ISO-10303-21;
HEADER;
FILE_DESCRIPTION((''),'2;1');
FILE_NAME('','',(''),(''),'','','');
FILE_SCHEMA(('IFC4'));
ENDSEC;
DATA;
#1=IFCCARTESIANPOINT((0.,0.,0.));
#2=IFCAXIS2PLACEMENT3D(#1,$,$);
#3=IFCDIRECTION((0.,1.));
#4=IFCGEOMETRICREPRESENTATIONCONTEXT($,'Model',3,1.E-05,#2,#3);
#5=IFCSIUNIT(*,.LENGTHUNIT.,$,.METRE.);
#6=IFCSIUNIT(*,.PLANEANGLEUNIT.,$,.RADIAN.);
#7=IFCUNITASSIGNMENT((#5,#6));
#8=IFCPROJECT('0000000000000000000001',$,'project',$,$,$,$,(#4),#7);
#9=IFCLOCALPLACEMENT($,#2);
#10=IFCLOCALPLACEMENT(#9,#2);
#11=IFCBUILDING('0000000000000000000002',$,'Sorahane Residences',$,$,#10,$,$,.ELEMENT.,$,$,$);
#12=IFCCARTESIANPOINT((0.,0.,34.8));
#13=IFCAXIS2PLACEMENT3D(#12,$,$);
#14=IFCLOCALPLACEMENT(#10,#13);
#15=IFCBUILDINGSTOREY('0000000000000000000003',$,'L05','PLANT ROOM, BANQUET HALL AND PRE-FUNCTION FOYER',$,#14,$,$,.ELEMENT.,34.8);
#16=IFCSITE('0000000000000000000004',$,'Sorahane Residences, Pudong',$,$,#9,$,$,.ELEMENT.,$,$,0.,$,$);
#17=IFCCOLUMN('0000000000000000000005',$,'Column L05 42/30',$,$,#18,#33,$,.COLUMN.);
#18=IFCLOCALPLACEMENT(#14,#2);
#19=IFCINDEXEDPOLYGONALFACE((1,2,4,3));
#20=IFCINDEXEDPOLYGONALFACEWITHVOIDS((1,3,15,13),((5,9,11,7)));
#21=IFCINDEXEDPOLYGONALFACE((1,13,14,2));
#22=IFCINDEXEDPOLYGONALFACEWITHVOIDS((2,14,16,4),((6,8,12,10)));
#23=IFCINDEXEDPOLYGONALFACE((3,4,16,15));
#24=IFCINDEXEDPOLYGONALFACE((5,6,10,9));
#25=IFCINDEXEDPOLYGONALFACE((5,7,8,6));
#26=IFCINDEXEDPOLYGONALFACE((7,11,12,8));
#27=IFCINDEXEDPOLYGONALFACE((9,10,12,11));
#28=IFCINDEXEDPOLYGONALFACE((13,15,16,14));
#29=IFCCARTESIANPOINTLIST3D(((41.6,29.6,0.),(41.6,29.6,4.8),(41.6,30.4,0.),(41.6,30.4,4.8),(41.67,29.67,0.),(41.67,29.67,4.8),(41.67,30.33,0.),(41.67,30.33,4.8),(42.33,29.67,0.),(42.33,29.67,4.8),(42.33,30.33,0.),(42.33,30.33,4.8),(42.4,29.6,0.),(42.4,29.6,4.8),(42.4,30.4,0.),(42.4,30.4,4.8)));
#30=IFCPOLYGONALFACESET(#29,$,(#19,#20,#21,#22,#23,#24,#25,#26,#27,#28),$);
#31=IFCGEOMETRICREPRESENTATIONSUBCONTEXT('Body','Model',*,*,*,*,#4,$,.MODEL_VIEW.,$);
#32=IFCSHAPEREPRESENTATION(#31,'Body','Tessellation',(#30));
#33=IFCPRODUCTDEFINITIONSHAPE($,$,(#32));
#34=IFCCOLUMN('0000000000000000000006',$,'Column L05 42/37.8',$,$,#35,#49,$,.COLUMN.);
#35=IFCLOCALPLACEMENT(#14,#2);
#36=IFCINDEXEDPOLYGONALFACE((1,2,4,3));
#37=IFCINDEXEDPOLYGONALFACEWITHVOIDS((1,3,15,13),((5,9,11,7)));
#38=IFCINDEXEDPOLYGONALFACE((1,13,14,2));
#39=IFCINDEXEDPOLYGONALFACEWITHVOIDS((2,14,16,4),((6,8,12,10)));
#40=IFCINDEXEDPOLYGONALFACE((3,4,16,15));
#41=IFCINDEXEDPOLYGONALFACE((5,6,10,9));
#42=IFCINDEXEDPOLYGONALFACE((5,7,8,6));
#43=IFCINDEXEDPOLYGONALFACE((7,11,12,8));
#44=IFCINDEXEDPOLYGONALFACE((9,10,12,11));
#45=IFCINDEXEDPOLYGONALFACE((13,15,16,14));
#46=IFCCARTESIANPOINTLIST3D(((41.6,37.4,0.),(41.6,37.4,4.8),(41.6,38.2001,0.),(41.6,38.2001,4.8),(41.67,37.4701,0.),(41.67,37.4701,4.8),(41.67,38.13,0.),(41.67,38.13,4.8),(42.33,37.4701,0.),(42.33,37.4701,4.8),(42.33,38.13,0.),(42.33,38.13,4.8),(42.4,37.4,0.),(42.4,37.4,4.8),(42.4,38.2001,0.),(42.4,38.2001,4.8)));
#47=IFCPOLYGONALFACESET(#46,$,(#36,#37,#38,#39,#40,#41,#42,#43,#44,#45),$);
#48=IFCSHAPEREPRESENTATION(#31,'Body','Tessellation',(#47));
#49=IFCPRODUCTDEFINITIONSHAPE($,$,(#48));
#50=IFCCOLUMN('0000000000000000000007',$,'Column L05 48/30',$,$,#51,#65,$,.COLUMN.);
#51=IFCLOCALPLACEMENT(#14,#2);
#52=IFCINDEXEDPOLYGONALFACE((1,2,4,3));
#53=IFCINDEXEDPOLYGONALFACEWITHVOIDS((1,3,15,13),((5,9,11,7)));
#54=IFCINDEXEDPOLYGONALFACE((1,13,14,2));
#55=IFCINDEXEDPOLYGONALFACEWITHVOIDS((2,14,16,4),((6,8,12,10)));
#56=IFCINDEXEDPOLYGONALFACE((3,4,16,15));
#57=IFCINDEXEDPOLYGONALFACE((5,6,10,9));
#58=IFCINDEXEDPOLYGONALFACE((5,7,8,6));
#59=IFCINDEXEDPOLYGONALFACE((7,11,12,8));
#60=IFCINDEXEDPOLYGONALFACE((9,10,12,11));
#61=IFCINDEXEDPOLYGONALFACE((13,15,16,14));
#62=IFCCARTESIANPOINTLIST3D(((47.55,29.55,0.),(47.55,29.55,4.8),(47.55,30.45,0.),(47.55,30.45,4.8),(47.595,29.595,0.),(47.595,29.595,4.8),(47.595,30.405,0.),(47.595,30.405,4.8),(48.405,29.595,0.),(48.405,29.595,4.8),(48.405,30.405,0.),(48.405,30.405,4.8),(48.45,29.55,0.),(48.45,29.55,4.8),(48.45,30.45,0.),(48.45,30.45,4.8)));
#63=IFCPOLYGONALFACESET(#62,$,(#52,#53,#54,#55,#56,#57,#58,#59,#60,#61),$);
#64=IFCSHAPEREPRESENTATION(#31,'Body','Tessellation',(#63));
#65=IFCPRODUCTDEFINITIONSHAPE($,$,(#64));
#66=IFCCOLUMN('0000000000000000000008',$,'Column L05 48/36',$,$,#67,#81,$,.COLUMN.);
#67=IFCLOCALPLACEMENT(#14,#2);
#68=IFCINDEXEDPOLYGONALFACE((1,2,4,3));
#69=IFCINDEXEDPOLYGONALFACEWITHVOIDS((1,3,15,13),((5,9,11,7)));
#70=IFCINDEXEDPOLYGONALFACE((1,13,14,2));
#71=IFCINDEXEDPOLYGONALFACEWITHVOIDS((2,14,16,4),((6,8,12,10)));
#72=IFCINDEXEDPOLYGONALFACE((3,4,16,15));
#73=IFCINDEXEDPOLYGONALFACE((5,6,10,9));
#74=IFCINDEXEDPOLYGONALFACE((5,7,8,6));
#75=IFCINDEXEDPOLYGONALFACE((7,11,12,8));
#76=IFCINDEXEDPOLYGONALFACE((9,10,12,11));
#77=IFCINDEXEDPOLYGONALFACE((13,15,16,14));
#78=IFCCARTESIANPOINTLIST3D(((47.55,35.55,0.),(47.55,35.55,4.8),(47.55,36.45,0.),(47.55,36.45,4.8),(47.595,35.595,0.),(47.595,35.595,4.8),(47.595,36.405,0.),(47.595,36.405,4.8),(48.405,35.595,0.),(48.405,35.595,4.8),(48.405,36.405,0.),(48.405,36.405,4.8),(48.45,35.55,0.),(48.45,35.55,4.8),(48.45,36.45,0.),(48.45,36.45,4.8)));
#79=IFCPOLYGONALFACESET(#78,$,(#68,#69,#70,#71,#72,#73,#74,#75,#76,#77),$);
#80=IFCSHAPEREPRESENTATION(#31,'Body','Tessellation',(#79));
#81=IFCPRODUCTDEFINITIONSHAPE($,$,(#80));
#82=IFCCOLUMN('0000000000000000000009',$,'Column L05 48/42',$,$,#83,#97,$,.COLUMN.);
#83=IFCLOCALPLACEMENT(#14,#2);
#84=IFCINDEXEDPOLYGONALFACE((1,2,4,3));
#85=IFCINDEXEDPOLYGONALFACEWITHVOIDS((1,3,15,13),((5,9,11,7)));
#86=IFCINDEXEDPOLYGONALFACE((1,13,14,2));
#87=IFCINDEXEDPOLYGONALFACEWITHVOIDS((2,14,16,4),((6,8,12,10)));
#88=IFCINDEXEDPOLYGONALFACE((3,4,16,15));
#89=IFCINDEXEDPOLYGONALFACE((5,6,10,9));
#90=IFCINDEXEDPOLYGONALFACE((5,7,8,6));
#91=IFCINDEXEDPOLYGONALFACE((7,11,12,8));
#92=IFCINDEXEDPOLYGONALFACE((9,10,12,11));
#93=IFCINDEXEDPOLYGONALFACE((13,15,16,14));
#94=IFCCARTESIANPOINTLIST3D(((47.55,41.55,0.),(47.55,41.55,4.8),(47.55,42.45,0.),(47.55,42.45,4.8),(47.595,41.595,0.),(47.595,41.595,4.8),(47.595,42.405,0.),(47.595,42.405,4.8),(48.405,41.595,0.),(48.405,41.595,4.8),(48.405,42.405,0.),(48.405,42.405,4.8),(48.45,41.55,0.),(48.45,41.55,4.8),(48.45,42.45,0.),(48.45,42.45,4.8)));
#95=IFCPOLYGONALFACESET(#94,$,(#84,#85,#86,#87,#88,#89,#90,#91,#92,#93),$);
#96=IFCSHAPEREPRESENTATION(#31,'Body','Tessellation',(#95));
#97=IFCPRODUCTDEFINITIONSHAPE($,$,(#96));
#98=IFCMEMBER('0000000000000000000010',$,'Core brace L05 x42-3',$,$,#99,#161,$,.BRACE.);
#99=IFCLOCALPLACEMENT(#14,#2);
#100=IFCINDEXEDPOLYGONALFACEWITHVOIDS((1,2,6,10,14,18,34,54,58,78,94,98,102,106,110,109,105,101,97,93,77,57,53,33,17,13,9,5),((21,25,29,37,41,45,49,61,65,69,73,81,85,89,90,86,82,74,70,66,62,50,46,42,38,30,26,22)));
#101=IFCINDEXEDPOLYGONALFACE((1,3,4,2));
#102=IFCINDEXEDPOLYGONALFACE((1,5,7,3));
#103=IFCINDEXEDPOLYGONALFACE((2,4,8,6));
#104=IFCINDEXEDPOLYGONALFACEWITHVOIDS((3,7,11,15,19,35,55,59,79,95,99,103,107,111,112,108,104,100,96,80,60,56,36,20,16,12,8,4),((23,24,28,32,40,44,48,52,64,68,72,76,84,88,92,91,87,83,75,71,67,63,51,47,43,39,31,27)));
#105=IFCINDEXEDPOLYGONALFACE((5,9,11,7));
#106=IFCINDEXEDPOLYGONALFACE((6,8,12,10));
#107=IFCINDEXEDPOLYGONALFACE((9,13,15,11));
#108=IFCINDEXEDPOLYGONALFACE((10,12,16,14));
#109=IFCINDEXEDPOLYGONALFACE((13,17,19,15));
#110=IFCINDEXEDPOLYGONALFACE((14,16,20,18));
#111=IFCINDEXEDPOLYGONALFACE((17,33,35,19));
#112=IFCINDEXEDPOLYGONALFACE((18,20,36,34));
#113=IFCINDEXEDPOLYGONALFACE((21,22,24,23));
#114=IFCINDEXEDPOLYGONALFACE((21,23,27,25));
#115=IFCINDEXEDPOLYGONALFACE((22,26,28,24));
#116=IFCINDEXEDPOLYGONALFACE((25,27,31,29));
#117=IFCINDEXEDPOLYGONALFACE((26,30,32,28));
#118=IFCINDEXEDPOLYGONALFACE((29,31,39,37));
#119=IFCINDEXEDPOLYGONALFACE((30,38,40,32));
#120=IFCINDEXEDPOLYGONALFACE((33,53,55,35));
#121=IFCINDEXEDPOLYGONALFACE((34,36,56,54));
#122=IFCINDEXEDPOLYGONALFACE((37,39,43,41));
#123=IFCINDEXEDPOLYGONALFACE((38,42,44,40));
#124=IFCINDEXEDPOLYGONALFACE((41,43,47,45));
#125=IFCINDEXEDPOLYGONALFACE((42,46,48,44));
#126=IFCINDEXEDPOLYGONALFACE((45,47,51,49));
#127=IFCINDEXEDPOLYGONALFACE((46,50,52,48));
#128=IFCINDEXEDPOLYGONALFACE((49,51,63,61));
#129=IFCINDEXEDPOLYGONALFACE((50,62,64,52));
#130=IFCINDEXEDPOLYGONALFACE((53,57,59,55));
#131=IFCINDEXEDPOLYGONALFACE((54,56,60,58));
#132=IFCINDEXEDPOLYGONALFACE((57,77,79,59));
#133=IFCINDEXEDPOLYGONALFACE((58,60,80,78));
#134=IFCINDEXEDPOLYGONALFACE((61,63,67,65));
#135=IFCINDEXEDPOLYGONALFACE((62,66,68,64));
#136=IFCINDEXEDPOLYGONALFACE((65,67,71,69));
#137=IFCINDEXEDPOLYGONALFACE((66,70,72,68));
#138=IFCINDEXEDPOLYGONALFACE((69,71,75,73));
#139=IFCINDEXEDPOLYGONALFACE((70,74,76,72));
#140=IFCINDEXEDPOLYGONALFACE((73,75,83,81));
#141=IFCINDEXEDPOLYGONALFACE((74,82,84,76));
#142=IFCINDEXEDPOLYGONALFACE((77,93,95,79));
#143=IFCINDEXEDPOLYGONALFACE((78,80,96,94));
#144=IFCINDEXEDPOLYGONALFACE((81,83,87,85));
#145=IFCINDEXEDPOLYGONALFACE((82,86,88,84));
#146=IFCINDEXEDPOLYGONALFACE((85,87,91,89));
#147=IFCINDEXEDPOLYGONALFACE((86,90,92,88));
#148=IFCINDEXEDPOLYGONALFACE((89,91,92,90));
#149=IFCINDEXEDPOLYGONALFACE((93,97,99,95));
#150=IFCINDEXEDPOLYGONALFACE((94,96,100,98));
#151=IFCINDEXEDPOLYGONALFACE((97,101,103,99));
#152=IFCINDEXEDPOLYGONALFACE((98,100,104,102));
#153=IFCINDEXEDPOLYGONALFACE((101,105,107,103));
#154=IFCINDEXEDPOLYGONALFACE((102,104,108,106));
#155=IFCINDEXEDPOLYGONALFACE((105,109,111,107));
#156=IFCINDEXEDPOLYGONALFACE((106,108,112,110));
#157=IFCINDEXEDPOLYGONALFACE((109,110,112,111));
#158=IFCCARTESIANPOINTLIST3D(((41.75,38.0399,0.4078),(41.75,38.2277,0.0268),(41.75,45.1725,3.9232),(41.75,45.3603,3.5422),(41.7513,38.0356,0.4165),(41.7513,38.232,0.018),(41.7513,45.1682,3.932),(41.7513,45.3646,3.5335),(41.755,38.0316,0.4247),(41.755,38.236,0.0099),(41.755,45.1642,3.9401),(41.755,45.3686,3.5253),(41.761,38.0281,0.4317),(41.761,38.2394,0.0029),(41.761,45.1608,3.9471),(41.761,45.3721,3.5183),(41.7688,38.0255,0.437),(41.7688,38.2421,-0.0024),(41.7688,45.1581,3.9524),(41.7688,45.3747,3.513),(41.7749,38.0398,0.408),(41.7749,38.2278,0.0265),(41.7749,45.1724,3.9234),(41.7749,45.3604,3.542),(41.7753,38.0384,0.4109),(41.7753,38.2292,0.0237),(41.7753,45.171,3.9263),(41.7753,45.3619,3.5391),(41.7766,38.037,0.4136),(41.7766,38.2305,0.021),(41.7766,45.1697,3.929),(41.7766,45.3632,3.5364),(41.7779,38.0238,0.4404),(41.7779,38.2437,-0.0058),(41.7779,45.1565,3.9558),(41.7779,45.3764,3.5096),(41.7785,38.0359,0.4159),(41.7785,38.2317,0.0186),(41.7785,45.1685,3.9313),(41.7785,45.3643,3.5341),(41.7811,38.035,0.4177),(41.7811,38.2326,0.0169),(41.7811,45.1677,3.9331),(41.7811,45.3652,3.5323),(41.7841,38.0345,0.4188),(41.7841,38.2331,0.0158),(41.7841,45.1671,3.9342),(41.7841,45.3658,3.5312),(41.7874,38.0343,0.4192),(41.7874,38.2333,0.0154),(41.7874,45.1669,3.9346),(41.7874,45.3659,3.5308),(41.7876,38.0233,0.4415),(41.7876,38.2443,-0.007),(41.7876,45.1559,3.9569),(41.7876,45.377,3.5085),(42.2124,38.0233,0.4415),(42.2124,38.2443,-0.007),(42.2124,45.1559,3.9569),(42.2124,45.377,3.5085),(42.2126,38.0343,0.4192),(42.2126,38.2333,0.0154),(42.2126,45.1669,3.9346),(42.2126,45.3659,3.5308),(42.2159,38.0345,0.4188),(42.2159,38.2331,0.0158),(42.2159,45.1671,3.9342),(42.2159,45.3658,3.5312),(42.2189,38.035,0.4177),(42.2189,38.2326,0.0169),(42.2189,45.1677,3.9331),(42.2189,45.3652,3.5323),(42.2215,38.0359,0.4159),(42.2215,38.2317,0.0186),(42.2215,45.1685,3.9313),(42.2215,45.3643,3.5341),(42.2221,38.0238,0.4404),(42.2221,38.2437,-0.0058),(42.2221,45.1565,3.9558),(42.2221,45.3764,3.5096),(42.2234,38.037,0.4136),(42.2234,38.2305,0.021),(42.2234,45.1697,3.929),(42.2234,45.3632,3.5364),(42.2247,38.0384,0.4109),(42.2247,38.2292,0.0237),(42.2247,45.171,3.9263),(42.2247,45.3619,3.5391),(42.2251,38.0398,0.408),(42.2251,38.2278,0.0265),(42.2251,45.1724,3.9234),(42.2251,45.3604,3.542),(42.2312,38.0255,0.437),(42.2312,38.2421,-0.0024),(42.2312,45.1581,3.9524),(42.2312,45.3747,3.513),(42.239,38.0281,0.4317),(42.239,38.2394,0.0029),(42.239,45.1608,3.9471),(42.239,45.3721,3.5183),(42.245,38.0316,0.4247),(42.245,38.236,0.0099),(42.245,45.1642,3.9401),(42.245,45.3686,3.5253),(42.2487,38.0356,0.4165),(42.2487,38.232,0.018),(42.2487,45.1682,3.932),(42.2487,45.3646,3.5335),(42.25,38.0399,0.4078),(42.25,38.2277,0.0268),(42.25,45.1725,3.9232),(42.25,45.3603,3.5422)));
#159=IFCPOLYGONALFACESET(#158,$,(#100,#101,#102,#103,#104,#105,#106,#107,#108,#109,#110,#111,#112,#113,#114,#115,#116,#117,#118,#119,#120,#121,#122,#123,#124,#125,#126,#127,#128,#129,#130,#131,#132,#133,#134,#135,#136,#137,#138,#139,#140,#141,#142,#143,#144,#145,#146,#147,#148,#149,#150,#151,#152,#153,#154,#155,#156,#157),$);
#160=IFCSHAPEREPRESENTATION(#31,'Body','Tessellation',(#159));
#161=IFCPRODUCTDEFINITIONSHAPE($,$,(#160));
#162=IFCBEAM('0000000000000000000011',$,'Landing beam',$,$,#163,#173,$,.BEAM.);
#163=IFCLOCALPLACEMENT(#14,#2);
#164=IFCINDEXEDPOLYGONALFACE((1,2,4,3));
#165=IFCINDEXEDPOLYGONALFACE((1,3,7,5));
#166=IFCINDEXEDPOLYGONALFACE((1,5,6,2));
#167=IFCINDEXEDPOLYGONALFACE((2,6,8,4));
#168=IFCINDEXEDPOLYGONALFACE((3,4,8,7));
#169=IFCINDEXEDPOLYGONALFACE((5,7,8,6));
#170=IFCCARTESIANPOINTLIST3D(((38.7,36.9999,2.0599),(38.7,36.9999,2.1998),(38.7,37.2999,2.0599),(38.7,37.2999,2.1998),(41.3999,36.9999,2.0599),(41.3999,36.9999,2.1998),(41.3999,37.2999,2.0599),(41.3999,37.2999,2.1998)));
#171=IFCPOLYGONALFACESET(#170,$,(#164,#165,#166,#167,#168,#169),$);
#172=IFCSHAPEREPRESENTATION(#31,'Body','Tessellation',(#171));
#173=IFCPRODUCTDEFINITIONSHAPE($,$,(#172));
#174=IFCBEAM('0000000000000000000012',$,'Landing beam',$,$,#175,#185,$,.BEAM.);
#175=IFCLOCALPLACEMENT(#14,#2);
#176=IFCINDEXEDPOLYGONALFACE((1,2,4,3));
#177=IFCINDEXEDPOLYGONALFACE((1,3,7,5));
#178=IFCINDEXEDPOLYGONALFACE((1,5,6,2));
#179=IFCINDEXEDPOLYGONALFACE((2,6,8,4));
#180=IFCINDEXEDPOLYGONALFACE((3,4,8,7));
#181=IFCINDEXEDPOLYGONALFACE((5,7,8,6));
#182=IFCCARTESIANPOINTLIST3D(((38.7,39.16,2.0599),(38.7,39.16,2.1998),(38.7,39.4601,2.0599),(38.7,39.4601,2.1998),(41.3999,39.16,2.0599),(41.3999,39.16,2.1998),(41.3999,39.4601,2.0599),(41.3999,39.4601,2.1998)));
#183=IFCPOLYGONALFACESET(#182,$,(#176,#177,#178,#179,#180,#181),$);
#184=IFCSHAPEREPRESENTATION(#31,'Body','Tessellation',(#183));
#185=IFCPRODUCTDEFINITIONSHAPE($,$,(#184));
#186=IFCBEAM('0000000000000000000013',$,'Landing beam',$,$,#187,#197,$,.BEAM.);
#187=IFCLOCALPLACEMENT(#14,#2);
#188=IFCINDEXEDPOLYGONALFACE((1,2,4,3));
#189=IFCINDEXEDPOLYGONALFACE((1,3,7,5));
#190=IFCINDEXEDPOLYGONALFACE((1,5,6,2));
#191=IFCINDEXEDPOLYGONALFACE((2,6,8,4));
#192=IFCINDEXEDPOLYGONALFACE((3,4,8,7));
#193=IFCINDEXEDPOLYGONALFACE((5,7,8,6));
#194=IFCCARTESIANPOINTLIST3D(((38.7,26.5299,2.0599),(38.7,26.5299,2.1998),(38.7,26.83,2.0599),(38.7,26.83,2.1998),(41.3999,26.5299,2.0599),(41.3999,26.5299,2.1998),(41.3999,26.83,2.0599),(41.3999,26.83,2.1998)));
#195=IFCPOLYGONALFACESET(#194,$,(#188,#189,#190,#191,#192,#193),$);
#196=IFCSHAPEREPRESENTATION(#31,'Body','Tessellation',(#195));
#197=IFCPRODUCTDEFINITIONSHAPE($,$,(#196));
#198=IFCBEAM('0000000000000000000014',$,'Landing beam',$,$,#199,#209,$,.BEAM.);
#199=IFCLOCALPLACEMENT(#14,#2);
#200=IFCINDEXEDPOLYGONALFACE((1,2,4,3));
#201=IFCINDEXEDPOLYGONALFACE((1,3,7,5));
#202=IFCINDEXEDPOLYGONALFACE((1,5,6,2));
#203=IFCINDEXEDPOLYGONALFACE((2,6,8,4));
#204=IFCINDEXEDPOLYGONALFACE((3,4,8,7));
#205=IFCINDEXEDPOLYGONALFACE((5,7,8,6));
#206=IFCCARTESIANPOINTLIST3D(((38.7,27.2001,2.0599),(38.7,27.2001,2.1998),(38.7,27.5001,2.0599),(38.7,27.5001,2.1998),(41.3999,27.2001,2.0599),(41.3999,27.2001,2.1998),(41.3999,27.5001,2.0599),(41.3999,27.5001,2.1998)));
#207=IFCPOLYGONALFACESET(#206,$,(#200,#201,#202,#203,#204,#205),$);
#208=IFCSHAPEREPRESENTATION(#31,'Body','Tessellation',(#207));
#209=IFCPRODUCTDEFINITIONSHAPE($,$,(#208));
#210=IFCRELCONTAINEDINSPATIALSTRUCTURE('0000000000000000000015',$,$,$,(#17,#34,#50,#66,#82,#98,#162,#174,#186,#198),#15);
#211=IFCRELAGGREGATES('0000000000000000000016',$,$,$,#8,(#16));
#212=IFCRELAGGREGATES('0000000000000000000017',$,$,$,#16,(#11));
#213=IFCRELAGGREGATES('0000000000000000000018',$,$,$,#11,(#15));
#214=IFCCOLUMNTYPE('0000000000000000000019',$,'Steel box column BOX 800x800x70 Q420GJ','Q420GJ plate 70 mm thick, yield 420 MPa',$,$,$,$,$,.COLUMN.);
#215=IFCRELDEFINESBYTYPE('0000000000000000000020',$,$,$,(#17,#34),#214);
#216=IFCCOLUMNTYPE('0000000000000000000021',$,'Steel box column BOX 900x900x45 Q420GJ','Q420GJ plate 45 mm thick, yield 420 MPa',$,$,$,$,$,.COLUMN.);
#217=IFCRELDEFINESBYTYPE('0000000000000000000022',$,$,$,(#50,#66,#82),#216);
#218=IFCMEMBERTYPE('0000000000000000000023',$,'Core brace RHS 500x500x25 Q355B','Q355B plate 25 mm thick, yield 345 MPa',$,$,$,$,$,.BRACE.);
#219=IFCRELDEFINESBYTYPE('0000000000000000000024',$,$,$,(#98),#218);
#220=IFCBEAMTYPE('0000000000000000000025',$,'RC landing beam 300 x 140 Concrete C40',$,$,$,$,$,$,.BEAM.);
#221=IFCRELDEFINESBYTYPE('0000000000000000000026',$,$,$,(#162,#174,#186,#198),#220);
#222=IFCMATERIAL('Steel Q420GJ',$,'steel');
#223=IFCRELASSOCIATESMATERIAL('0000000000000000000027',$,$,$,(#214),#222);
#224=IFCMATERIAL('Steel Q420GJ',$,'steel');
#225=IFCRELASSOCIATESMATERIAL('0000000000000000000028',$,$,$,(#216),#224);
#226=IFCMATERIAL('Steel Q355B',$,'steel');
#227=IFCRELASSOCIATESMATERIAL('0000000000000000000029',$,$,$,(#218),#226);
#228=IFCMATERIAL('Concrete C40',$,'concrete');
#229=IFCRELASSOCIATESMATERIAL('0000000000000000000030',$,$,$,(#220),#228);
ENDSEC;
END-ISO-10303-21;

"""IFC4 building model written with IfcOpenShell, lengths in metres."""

from ifc_helpers import new_model, si_unit, direction, frame, origin, origin_2d, place, context, subcontext, project, spatial, rectangle, hollow_rectangle, extrude, material, material_profile, profile_set, type_object, element, save


model = new_model("IFC4")

# Units and contexts
model_context = context("Model", 3, precision=1e-05, world=origin(), true_north=direction((0.0, 1.0)))
body_context = subcontext(model_context, "Body", "Model", "MODEL_VIEW")
ifc_project = project(units=[si_unit("LENGTHUNIT", "METRE"), si_unit("PLANEANGLEUNIT", "RADIAN")], contexts=[model_context])

# Site, building, storey
site_placement = place(None, origin())
site = spatial("IfcSite", under=ifc_project, at=site_placement, Name="Sorahane Residences, Pudong", CompositionType="ELEMENT", RefElevation=0.0)
building_placement = place(site_placement, origin())
building = spatial("IfcBuilding", under=site, at=building_placement, Name="Sorahane Residences", CompositionType="ELEMENT")
storey_placement = place(building_placement, frame((0.0, 0.0, 34.8)))
storey = spatial("IfcBuildingStorey", under=building, at=storey_placement, Name="L05", Description="PLANT ROOM, BANQUET HALL AND PRE-FUNCTION FOYER", CompositionType="ELEMENT", Elevation=34.8)

# Columns
ifc_material_1 = material(Name="Steel Q420GJ", Category="steel")
ifc_material_profile_1 = material_profile(ifc_material_1, hollow_rectangle(XDim=0.8, YDim=0.8, WallThickness=0.0701, at=origin_2d()), Name="BOX 800x800x70")
ifc_profile_set_1 = profile_set([ifc_material_profile_1], Name="Steel Q420GJ")
column_type_1 = type_object("IfcColumnType", Name="Steel box column BOX 800x800x70 Q420GJ", Description="Q420GJ plate 70 mm thick, yield 420 MPa", PredefinedType="COLUMN", material=ifc_profile_set_1)
for number, where, z_axis, x_axis, name in (
    (1, (42.0, 30.0, 0.0), (0.0, 0.0, 1.0), (1.0, 0.0, 0.0), "Column L05 42/30"),
    (2, (42.0, 37.8, 0.0), (0.0, 0.0, 1.0), (1.0, 0.0, 0.0), "Column L05 42/37.8"),
):
    element("IfcColumn", number, at=place(storey_placement, frame(where, z_axis=z_axis, x_axis=x_axis)), inside=storey, type_object=column_type_1, Name=name, PredefinedType="COLUMN", context=body_context, shape_type="SweptSolid", body=[
        extrude(hollow_rectangle(XDim=0.8, YDim=0.8, WallThickness=0.0701, at=origin_2d()), origin(), (0.0, 0.0, 1.0), 4.8),
    ])
ifc_material_2 = material(Name="Steel Q420GJ", Category="steel")
ifc_material_profile_2 = material_profile(ifc_material_2, hollow_rectangle(XDim=0.8999, YDim=0.8999, WallThickness=0.0449, at=origin_2d()), Name="BOX 900x900x45")
ifc_profile_set_2 = profile_set([ifc_material_profile_2], Name="Steel Q420GJ")
column_type_2 = type_object("IfcColumnType", Name="Steel box column BOX 900x900x45 Q420GJ", Description="Q420GJ plate 45 mm thick, yield 420 MPa", PredefinedType="COLUMN", material=ifc_profile_set_2)
for number, where, z_axis, x_axis, name in (
    (3, (48.0, 30.0, 0.0), (0.0, 0.0, 1.0), (1.0, 0.0, 0.0), "Column L05 48/30"),
    (4, (48.0, 36.0, 0.0), (0.0, 0.0, 1.0), (1.0, 0.0, 0.0), "Column L05 48/36"),
    (5, (48.0, 42.0, 0.0), (0.0, 0.0, 1.0), (1.0, 0.0, 0.0), "Column L05 48/42"),
):
    element("IfcColumn", number, at=place(storey_placement, frame(where, z_axis=z_axis, x_axis=x_axis)), inside=storey, type_object=column_type_2, Name=name, PredefinedType="COLUMN", context=body_context, shape_type="SweptSolid", body=[
        extrude(hollow_rectangle(XDim=0.8999, YDim=0.8999, WallThickness=0.0449, at=origin_2d()), origin(), (0.0, 0.0, 1.0), 4.8),
    ])

# Member
ifc_material_3 = material(Name="Steel Q355B", Category="steel")
ifc_material_profile_3 = material_profile(ifc_material_3, hollow_rectangle(XDim=0.5, YDim=0.5, WallThickness=0.0249, InnerFilletRadius=0.0125, OuterFilletRadius=0.0376, at=origin_2d()), Name="RHS 500x500x25")
ifc_profile_set_3 = profile_set([ifc_material_profile_3], Name="Steel Q355B")
member_type = type_object("IfcMemberType", Name="Core brace RHS 500x500x25 Q355B", Description="Q355B plate 25 mm thick, yield 345 MPa", PredefinedType="BRACE", material=ifc_profile_set_3)
member_placement = place(storey_placement, frame((42.0, 38.1338, 0.2173), z_axis=(0.0, 0.896973, 0.442085), x_axis=(-1.0, 0.0, 0.0)))
element("IfcMember", 6, at=member_placement, inside=storey, type_object=member_type, Name="Core brace L05 x42-3", PredefinedType="BRACE", context=body_context, shape_type="SweptSolid", body=[
    extrude(hollow_rectangle(XDim=0.5, YDim=0.5, WallThickness=0.0249, InnerFilletRadius=0.0125, OuterFilletRadius=0.0376, at=origin_2d()), origin(), (0.0, 0.0, 1.0), 7.9519),
])

# Beams
ifc_material_4 = material(Name="Concrete C40", Category="concrete")
ifc_material_profile_4 = material_profile(ifc_material_4, rectangle(XDim=0.3, YDim=0.1399, at=origin_2d()), Name="300x140")
ifc_profile_set_4 = profile_set([ifc_material_profile_4], Name="Concrete C40")
beam_type_1 = type_object("IfcBeamType", Name="RC landing beam 300 x 140 Concrete C40", PredefinedType="BEAM", material=ifc_profile_set_4)
for number, where, z_axis, x_axis, name in (
    (7, (38.7, 37.1499, 2.1299), (1.0, 0.0, 0.0), (0.0, 1.0, 0.0), "Landing beam"),
    (8, (38.7, 39.3101, 2.1299), (1.0, 0.0, 0.0), (0.0, 1.0, 0.0), "Landing beam"),
    (9, (38.7, 26.6799, 2.1299), (1.0, 0.0, 0.0), (0.0, 1.0, 0.0), "Landing beam"),
    (10, (38.7, 27.3501, 2.1299), (1.0, 0.0, 0.0), (0.0, 1.0, 0.0), "Landing beam"),
):
    element("IfcBeam", number, at=place(storey_placement, frame(where, z_axis=z_axis, x_axis=x_axis)), inside=storey, type_object=beam_type_1, Name=name, PredefinedType="BEAM", context=body_context, shape_type="SweptSolid", body=[
        extrude(rectangle(XDim=0.3, YDim=0.1399, at=origin_2d()), origin(), (0.0, 0.0, 1.0), 2.7),
    ])

save(model, "model.ifc")
